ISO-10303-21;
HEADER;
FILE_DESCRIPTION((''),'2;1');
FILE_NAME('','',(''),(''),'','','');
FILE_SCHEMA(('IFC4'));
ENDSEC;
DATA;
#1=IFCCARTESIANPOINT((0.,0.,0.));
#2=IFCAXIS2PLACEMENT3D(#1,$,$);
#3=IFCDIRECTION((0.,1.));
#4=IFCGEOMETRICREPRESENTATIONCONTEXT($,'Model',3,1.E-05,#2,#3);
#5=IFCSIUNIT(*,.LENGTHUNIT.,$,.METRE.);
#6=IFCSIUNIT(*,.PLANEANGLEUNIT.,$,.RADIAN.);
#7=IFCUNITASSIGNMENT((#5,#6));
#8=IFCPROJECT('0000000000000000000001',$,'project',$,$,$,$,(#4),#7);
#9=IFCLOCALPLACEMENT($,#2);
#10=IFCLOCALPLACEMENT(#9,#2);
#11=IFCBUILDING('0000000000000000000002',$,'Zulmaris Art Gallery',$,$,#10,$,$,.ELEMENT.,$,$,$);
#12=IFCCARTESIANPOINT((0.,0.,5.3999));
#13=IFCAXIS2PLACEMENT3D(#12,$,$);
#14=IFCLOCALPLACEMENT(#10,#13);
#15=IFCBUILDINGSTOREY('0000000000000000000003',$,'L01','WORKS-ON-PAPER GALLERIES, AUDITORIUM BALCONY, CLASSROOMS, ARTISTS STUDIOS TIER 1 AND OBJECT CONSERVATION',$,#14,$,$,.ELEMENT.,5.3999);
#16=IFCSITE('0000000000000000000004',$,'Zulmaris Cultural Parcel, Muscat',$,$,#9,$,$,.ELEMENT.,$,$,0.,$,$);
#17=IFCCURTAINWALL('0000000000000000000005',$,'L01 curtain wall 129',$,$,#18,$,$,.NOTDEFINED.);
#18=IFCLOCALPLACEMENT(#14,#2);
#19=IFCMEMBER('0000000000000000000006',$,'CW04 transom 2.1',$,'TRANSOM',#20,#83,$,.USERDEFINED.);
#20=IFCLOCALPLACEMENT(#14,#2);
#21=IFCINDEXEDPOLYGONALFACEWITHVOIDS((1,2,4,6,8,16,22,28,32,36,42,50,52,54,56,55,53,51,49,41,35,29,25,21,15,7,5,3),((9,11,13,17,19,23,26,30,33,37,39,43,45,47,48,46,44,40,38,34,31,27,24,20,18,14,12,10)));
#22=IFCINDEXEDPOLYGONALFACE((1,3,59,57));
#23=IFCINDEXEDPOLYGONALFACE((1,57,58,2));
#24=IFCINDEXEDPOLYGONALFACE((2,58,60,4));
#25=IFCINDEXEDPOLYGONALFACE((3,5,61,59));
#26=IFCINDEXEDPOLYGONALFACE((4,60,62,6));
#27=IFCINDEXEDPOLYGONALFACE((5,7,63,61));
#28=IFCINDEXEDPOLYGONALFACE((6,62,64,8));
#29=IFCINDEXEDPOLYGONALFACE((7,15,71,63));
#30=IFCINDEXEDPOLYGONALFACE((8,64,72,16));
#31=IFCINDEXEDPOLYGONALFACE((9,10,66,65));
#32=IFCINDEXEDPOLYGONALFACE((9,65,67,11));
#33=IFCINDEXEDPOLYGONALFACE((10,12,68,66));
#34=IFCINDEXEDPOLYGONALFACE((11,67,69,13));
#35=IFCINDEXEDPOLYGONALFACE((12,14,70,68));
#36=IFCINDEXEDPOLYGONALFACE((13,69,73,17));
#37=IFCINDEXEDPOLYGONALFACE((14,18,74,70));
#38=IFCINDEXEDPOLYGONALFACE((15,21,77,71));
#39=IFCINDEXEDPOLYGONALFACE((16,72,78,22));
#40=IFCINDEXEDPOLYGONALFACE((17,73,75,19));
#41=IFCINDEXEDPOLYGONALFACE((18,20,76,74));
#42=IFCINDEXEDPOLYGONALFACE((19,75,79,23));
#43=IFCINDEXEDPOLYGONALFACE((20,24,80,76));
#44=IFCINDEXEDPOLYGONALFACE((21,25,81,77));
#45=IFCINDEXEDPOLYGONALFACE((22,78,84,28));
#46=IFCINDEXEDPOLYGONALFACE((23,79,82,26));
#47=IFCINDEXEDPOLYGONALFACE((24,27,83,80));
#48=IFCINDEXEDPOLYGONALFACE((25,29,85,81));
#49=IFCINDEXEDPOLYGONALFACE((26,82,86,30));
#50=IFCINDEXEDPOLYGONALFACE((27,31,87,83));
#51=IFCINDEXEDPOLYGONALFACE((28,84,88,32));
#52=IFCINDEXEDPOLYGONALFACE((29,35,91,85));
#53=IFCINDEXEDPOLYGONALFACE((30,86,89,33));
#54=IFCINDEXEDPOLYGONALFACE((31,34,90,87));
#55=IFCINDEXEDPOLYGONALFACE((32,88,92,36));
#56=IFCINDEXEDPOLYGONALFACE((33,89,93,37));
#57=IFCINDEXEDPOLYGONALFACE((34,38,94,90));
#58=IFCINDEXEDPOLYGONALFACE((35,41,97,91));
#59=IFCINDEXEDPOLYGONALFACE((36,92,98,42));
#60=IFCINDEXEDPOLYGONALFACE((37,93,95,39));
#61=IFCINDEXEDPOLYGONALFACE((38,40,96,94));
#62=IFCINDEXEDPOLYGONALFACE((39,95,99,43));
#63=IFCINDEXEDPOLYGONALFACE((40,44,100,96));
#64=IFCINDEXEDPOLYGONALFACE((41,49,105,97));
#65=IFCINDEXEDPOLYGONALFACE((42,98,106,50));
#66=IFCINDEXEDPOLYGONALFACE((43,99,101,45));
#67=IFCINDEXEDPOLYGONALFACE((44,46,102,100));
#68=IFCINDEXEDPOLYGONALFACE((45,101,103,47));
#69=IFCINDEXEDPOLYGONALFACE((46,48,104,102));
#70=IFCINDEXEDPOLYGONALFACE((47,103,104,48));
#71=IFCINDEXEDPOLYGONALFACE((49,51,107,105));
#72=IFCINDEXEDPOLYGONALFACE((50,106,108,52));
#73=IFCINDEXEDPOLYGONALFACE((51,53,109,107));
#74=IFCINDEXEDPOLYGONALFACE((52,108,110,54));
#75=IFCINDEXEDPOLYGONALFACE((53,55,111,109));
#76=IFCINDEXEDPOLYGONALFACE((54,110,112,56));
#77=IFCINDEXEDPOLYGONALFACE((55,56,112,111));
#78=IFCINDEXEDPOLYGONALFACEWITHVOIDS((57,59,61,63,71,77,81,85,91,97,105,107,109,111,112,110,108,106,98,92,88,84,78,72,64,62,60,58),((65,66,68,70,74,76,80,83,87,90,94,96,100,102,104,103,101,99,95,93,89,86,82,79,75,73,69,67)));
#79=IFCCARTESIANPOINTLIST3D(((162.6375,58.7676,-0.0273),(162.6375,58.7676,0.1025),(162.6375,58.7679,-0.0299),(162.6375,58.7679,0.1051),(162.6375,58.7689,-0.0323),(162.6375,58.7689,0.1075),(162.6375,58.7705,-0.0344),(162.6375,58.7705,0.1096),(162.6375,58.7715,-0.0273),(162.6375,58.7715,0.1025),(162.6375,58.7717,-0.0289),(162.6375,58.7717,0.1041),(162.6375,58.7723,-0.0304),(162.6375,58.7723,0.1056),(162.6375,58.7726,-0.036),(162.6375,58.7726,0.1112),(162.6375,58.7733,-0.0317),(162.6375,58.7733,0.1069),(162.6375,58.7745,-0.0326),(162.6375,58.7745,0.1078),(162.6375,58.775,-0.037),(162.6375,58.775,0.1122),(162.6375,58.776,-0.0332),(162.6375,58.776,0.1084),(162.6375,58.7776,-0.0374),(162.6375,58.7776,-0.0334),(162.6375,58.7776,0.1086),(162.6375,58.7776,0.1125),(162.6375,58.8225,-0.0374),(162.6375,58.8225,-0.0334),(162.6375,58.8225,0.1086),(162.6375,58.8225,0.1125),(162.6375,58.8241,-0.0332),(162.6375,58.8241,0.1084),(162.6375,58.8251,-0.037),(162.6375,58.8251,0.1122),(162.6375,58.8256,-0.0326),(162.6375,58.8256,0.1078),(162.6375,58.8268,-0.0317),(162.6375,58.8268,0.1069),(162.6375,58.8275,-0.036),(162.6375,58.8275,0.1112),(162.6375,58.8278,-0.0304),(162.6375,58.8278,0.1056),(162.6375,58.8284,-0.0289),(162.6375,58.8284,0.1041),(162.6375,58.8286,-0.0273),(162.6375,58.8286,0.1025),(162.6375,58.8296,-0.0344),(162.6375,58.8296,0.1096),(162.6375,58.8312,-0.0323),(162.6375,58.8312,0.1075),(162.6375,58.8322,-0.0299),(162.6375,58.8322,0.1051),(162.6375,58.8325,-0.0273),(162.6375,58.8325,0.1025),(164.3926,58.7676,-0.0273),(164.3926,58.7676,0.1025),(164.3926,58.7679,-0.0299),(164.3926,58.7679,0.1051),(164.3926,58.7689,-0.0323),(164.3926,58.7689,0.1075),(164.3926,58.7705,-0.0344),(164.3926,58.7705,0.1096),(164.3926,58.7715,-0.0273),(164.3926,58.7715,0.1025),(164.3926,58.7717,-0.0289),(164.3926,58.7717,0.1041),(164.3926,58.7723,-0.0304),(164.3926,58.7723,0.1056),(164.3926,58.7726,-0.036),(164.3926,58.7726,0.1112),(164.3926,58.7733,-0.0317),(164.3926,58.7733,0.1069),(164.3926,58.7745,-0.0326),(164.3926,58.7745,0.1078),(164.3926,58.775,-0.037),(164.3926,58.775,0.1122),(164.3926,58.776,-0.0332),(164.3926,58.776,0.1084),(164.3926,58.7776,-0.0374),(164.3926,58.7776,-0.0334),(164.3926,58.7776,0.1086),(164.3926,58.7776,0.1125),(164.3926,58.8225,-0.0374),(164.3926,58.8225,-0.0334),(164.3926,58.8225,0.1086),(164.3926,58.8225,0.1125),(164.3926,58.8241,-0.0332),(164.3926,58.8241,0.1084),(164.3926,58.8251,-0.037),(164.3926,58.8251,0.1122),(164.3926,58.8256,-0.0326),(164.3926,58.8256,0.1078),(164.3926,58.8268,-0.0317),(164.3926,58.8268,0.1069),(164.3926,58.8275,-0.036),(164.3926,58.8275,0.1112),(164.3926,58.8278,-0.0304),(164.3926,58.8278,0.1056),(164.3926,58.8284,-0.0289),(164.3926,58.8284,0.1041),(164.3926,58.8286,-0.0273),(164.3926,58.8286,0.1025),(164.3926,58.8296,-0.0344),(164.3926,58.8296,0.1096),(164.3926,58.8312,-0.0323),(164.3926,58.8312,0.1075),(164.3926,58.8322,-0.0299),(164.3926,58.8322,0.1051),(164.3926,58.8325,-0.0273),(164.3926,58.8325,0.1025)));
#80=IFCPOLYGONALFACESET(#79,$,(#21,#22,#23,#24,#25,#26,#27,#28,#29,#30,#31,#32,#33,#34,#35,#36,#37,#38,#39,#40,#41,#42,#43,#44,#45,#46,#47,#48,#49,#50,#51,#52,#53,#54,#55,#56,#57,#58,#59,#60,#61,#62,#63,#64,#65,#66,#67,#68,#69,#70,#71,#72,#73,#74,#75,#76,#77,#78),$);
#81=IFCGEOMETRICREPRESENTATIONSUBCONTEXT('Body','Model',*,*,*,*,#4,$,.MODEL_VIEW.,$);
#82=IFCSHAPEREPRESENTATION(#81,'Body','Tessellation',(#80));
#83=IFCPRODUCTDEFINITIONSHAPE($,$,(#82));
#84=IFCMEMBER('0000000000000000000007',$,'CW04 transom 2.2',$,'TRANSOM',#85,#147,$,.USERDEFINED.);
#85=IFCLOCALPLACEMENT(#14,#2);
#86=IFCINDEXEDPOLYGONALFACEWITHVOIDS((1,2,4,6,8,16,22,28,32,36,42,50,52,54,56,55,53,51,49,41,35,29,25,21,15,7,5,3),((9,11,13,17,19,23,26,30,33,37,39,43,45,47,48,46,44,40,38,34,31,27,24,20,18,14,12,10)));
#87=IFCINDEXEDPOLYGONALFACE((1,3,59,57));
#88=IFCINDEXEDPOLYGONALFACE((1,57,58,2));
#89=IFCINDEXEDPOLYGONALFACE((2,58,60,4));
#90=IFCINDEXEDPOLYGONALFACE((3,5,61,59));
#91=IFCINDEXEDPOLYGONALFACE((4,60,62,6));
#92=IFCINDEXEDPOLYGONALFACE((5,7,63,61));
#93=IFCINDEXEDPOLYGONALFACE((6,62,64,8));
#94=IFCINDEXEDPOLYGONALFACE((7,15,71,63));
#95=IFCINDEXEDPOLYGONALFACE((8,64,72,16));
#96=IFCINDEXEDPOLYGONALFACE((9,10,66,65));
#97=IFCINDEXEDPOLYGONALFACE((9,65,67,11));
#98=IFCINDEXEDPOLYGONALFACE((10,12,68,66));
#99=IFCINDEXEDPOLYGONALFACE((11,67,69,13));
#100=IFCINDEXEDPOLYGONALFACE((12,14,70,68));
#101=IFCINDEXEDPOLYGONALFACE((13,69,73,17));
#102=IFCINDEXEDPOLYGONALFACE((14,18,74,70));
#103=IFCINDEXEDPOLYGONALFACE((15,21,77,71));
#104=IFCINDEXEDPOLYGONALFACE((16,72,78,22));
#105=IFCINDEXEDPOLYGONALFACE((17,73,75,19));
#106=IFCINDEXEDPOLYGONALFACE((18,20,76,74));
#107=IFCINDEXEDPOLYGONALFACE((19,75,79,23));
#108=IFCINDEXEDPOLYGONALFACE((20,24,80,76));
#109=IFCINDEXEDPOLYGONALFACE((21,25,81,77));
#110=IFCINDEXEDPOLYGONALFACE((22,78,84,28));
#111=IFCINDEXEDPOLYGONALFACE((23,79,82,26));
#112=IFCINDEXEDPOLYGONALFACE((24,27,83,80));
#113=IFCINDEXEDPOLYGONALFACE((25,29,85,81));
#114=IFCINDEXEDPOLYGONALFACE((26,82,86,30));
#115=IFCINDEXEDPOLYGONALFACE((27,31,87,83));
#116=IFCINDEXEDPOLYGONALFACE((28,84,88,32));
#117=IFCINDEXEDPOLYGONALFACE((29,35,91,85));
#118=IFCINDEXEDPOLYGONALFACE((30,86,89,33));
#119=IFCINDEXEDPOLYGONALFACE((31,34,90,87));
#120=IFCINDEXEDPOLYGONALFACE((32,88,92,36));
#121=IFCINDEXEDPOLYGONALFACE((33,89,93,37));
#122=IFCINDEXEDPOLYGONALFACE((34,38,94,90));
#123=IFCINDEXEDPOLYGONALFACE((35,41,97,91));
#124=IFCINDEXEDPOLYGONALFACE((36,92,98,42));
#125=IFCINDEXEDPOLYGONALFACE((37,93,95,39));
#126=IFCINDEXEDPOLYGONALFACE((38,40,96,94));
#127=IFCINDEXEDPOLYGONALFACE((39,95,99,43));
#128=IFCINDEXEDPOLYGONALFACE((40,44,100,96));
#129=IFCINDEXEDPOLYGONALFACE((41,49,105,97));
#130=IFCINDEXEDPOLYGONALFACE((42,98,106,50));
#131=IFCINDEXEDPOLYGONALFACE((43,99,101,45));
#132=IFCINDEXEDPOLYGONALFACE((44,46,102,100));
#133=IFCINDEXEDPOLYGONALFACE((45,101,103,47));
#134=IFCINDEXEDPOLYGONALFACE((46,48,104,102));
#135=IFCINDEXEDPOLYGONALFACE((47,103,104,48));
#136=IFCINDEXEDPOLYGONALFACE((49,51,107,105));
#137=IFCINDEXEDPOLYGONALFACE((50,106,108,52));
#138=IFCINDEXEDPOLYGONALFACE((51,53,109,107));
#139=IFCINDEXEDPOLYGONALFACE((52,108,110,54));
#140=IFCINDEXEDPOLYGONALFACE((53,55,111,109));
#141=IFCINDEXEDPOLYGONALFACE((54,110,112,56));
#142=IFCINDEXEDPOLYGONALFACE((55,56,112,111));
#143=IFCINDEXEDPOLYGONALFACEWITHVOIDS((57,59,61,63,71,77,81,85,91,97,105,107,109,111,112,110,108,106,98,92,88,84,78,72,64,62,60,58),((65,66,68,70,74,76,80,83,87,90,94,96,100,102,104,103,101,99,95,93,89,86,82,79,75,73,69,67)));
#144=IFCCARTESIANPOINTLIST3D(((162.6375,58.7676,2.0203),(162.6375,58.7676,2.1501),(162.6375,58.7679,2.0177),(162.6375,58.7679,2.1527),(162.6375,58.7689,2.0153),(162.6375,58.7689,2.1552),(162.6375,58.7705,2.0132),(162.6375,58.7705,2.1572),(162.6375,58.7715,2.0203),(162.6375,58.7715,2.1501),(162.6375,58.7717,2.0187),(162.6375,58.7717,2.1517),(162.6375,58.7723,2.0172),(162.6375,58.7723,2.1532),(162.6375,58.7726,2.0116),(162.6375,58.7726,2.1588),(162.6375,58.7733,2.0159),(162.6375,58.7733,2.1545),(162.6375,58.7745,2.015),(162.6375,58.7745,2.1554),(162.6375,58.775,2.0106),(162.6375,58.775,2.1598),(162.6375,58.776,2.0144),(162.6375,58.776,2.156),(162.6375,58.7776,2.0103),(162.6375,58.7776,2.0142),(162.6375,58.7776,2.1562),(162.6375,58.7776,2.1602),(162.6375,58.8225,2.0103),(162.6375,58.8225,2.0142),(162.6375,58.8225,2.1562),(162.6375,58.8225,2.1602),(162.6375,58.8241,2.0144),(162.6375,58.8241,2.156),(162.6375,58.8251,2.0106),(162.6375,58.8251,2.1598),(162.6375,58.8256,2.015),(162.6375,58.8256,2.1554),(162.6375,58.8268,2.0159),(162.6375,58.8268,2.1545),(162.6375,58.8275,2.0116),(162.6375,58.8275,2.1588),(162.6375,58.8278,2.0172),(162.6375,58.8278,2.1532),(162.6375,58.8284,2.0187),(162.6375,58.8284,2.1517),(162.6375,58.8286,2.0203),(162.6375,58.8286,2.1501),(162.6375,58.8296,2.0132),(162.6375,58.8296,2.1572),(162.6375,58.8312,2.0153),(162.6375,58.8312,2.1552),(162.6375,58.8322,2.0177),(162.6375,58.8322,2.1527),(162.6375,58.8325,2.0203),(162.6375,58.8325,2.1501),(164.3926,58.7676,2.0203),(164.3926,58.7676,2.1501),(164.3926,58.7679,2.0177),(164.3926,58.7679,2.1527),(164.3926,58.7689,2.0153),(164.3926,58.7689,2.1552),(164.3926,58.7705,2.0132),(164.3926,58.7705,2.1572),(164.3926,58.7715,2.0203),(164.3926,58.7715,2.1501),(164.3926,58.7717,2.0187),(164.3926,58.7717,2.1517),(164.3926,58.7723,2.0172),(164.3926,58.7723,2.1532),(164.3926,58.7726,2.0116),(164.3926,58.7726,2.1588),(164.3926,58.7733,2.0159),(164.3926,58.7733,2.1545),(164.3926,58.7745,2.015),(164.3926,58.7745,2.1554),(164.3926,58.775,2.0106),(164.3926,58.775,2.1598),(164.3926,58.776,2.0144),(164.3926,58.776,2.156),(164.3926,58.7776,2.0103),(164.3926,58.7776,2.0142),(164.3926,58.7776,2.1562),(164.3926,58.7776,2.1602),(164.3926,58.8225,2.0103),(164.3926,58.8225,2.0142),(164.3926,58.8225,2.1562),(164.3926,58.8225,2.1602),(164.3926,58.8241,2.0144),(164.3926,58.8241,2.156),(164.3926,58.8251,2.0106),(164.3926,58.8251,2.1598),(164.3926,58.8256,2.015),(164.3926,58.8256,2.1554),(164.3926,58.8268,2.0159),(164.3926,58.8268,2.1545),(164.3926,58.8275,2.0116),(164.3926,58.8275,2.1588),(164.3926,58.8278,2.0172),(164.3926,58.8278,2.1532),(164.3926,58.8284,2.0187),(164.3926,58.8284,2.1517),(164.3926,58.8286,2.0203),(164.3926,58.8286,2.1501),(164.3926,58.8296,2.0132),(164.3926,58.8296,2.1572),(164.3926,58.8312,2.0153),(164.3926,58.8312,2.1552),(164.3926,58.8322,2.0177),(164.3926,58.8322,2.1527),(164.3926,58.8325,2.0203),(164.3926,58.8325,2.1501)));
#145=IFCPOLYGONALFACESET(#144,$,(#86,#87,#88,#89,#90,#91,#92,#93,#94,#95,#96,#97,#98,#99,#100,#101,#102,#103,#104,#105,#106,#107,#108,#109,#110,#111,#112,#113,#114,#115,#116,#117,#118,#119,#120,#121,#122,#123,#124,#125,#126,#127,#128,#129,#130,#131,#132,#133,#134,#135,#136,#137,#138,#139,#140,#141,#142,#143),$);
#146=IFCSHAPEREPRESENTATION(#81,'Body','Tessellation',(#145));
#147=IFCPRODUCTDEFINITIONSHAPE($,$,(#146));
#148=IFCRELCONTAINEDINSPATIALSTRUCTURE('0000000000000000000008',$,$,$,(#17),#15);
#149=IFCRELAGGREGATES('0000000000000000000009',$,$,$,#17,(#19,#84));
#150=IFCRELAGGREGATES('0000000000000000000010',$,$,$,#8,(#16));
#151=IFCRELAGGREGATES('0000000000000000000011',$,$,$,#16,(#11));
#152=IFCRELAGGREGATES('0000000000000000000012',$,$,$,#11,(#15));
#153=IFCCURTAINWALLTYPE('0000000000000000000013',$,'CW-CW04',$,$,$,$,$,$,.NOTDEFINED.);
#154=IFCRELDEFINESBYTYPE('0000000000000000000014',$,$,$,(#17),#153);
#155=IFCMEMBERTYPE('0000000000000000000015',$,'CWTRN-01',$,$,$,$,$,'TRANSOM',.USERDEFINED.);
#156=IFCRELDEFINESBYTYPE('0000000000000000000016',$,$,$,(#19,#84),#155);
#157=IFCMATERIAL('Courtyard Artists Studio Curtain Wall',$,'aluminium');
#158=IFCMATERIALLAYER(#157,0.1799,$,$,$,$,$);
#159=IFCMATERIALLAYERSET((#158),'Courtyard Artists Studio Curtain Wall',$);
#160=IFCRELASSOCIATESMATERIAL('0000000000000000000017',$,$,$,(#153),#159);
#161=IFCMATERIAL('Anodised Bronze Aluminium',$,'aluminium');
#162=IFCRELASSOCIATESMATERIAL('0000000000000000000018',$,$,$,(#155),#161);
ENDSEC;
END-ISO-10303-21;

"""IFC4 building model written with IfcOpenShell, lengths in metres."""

from ifc_helpers import new_model, si_unit, direction, frame, origin, origin_2d, place, context, subcontext, project, spatial, hollow_rectangle, extrude, material, layer, layer_set, material_profile, profile_set, type_object, element, aggregate, save


model = new_model("IFC4")

# Units and contexts
model_context = context("Model", 3, precision=1e-05, world=origin(), true_north=direction((0.0, 1.0)))
body_context = subcontext(model_context, "Body", "Model", "MODEL_VIEW")
ifc_project = project(units=[si_unit("LENGTHUNIT", "METRE"), si_unit("PLANEANGLEUNIT", "RADIAN")], contexts=[model_context])

# Site, building, storey
site_placement = place(None, origin())
site = spatial("IfcSite", under=ifc_project, at=site_placement, Name="Zulmaris Cultural Parcel, Muscat", CompositionType="ELEMENT", RefElevation=0.0)
building_placement = place(site_placement, origin())
building = spatial("IfcBuilding", under=site, at=building_placement, Name="Zulmaris Art Gallery", CompositionType="ELEMENT")
storey_placement = place(building_placement, frame((0.0, 0.0, 5.3999)))
storey = spatial("IfcBuildingStorey", under=building, at=storey_placement, Name="L01", Description="WORKS-ON-PAPER GALLERIES, AUDITORIUM BALCONY, CLASSROOMS, ARTISTS STUDIOS TIER 1 AND OBJECT CONSERVATION", CompositionType="ELEMENT", Elevation=5.3999)

# Curtain wall
ifc_material_1 = material(Name="Courtyard Artists Studio Curtain Wall", Category="aluminium")
ifc_layer_1 = layer(ifc_material_1, 0.1799)
ifc_layer_set_1 = layer_set([ifc_layer_1], Name="Courtyard Artists Studio Curtain Wall")
curtain_wall_type = type_object("IfcCurtainWallType", Name="CW-CW04", PredefinedType="NOTDEFINED", material=ifc_layer_set_1)
curtain_wall_1_placement = place(storey_placement, origin())
curtain_wall_1 = element("IfcCurtainWall", 1, at=curtain_wall_1_placement, inside=storey, type_object=curtain_wall_type, Name="L01 curtain wall 129", PredefinedType="NOTDEFINED")
ifc_material_2 = material(Name="Anodised Bronze Aluminium", Category="aluminium")

# Members
ifc_material_profile_1 = material_profile(ifc_material_2, hollow_rectangle(XDim=0.0649, YDim=0.1499, WallThickness=0.0039, InnerFilletRadius=0.0061, OuterFilletRadius=0.01, at=origin_2d()), Name="ALU 65x150x4")
ifc_profile_set_1 = profile_set([ifc_material_profile_1], Name="Anodised Bronze Aluminium")
member_type_1 = type_object("IfcMemberType", Name="CWTRN-01", ElementType="TRANSOM", PredefinedType="USERDEFINED", material=ifc_profile_set_1)
member_1_placement = place(storey_placement, frame((164.3926, 58.8, 0.0376), z_axis=(-1.0, 0.0, 0.0), x_axis=(0.0, -1.0, 0.0)))
member_1 = element("IfcMember", 2, at=member_1_placement, type_object=member_type_1, Name="CW04 transom 2.1", ObjectType="TRANSOM", PredefinedType="USERDEFINED", context=body_context, shape_type="SweptSolid", body=[
    extrude(hollow_rectangle(XDim=0.0649, YDim=0.1499, WallThickness=0.0039, InnerFilletRadius=0.0061, OuterFilletRadius=0.01, at=origin_2d()), origin(), (0.0, 0.0, 1.0), 1.7551),
])
member_2_placement = place(storey_placement, frame((164.3926, 58.8, 2.0852), z_axis=(-1.0, 0.0, 0.0), x_axis=(0.0, -1.0, 0.0)))
member_2 = element("IfcMember", 3, at=member_2_placement, type_object=member_type_1, Name="CW04 transom 2.2", ObjectType="TRANSOM", PredefinedType="USERDEFINED", context=body_context, shape_type="SweptSolid", body=[
    extrude(hollow_rectangle(XDim=0.0649, YDim=0.1499, WallThickness=0.0039, InnerFilletRadius=0.0061, OuterFilletRadius=0.01, at=origin_2d()), origin(), (0.0, 0.0, 1.0), 1.7551),
])

aggregate(curtain_wall_1, [member_1, member_2])

save(model, "model.ifc")
